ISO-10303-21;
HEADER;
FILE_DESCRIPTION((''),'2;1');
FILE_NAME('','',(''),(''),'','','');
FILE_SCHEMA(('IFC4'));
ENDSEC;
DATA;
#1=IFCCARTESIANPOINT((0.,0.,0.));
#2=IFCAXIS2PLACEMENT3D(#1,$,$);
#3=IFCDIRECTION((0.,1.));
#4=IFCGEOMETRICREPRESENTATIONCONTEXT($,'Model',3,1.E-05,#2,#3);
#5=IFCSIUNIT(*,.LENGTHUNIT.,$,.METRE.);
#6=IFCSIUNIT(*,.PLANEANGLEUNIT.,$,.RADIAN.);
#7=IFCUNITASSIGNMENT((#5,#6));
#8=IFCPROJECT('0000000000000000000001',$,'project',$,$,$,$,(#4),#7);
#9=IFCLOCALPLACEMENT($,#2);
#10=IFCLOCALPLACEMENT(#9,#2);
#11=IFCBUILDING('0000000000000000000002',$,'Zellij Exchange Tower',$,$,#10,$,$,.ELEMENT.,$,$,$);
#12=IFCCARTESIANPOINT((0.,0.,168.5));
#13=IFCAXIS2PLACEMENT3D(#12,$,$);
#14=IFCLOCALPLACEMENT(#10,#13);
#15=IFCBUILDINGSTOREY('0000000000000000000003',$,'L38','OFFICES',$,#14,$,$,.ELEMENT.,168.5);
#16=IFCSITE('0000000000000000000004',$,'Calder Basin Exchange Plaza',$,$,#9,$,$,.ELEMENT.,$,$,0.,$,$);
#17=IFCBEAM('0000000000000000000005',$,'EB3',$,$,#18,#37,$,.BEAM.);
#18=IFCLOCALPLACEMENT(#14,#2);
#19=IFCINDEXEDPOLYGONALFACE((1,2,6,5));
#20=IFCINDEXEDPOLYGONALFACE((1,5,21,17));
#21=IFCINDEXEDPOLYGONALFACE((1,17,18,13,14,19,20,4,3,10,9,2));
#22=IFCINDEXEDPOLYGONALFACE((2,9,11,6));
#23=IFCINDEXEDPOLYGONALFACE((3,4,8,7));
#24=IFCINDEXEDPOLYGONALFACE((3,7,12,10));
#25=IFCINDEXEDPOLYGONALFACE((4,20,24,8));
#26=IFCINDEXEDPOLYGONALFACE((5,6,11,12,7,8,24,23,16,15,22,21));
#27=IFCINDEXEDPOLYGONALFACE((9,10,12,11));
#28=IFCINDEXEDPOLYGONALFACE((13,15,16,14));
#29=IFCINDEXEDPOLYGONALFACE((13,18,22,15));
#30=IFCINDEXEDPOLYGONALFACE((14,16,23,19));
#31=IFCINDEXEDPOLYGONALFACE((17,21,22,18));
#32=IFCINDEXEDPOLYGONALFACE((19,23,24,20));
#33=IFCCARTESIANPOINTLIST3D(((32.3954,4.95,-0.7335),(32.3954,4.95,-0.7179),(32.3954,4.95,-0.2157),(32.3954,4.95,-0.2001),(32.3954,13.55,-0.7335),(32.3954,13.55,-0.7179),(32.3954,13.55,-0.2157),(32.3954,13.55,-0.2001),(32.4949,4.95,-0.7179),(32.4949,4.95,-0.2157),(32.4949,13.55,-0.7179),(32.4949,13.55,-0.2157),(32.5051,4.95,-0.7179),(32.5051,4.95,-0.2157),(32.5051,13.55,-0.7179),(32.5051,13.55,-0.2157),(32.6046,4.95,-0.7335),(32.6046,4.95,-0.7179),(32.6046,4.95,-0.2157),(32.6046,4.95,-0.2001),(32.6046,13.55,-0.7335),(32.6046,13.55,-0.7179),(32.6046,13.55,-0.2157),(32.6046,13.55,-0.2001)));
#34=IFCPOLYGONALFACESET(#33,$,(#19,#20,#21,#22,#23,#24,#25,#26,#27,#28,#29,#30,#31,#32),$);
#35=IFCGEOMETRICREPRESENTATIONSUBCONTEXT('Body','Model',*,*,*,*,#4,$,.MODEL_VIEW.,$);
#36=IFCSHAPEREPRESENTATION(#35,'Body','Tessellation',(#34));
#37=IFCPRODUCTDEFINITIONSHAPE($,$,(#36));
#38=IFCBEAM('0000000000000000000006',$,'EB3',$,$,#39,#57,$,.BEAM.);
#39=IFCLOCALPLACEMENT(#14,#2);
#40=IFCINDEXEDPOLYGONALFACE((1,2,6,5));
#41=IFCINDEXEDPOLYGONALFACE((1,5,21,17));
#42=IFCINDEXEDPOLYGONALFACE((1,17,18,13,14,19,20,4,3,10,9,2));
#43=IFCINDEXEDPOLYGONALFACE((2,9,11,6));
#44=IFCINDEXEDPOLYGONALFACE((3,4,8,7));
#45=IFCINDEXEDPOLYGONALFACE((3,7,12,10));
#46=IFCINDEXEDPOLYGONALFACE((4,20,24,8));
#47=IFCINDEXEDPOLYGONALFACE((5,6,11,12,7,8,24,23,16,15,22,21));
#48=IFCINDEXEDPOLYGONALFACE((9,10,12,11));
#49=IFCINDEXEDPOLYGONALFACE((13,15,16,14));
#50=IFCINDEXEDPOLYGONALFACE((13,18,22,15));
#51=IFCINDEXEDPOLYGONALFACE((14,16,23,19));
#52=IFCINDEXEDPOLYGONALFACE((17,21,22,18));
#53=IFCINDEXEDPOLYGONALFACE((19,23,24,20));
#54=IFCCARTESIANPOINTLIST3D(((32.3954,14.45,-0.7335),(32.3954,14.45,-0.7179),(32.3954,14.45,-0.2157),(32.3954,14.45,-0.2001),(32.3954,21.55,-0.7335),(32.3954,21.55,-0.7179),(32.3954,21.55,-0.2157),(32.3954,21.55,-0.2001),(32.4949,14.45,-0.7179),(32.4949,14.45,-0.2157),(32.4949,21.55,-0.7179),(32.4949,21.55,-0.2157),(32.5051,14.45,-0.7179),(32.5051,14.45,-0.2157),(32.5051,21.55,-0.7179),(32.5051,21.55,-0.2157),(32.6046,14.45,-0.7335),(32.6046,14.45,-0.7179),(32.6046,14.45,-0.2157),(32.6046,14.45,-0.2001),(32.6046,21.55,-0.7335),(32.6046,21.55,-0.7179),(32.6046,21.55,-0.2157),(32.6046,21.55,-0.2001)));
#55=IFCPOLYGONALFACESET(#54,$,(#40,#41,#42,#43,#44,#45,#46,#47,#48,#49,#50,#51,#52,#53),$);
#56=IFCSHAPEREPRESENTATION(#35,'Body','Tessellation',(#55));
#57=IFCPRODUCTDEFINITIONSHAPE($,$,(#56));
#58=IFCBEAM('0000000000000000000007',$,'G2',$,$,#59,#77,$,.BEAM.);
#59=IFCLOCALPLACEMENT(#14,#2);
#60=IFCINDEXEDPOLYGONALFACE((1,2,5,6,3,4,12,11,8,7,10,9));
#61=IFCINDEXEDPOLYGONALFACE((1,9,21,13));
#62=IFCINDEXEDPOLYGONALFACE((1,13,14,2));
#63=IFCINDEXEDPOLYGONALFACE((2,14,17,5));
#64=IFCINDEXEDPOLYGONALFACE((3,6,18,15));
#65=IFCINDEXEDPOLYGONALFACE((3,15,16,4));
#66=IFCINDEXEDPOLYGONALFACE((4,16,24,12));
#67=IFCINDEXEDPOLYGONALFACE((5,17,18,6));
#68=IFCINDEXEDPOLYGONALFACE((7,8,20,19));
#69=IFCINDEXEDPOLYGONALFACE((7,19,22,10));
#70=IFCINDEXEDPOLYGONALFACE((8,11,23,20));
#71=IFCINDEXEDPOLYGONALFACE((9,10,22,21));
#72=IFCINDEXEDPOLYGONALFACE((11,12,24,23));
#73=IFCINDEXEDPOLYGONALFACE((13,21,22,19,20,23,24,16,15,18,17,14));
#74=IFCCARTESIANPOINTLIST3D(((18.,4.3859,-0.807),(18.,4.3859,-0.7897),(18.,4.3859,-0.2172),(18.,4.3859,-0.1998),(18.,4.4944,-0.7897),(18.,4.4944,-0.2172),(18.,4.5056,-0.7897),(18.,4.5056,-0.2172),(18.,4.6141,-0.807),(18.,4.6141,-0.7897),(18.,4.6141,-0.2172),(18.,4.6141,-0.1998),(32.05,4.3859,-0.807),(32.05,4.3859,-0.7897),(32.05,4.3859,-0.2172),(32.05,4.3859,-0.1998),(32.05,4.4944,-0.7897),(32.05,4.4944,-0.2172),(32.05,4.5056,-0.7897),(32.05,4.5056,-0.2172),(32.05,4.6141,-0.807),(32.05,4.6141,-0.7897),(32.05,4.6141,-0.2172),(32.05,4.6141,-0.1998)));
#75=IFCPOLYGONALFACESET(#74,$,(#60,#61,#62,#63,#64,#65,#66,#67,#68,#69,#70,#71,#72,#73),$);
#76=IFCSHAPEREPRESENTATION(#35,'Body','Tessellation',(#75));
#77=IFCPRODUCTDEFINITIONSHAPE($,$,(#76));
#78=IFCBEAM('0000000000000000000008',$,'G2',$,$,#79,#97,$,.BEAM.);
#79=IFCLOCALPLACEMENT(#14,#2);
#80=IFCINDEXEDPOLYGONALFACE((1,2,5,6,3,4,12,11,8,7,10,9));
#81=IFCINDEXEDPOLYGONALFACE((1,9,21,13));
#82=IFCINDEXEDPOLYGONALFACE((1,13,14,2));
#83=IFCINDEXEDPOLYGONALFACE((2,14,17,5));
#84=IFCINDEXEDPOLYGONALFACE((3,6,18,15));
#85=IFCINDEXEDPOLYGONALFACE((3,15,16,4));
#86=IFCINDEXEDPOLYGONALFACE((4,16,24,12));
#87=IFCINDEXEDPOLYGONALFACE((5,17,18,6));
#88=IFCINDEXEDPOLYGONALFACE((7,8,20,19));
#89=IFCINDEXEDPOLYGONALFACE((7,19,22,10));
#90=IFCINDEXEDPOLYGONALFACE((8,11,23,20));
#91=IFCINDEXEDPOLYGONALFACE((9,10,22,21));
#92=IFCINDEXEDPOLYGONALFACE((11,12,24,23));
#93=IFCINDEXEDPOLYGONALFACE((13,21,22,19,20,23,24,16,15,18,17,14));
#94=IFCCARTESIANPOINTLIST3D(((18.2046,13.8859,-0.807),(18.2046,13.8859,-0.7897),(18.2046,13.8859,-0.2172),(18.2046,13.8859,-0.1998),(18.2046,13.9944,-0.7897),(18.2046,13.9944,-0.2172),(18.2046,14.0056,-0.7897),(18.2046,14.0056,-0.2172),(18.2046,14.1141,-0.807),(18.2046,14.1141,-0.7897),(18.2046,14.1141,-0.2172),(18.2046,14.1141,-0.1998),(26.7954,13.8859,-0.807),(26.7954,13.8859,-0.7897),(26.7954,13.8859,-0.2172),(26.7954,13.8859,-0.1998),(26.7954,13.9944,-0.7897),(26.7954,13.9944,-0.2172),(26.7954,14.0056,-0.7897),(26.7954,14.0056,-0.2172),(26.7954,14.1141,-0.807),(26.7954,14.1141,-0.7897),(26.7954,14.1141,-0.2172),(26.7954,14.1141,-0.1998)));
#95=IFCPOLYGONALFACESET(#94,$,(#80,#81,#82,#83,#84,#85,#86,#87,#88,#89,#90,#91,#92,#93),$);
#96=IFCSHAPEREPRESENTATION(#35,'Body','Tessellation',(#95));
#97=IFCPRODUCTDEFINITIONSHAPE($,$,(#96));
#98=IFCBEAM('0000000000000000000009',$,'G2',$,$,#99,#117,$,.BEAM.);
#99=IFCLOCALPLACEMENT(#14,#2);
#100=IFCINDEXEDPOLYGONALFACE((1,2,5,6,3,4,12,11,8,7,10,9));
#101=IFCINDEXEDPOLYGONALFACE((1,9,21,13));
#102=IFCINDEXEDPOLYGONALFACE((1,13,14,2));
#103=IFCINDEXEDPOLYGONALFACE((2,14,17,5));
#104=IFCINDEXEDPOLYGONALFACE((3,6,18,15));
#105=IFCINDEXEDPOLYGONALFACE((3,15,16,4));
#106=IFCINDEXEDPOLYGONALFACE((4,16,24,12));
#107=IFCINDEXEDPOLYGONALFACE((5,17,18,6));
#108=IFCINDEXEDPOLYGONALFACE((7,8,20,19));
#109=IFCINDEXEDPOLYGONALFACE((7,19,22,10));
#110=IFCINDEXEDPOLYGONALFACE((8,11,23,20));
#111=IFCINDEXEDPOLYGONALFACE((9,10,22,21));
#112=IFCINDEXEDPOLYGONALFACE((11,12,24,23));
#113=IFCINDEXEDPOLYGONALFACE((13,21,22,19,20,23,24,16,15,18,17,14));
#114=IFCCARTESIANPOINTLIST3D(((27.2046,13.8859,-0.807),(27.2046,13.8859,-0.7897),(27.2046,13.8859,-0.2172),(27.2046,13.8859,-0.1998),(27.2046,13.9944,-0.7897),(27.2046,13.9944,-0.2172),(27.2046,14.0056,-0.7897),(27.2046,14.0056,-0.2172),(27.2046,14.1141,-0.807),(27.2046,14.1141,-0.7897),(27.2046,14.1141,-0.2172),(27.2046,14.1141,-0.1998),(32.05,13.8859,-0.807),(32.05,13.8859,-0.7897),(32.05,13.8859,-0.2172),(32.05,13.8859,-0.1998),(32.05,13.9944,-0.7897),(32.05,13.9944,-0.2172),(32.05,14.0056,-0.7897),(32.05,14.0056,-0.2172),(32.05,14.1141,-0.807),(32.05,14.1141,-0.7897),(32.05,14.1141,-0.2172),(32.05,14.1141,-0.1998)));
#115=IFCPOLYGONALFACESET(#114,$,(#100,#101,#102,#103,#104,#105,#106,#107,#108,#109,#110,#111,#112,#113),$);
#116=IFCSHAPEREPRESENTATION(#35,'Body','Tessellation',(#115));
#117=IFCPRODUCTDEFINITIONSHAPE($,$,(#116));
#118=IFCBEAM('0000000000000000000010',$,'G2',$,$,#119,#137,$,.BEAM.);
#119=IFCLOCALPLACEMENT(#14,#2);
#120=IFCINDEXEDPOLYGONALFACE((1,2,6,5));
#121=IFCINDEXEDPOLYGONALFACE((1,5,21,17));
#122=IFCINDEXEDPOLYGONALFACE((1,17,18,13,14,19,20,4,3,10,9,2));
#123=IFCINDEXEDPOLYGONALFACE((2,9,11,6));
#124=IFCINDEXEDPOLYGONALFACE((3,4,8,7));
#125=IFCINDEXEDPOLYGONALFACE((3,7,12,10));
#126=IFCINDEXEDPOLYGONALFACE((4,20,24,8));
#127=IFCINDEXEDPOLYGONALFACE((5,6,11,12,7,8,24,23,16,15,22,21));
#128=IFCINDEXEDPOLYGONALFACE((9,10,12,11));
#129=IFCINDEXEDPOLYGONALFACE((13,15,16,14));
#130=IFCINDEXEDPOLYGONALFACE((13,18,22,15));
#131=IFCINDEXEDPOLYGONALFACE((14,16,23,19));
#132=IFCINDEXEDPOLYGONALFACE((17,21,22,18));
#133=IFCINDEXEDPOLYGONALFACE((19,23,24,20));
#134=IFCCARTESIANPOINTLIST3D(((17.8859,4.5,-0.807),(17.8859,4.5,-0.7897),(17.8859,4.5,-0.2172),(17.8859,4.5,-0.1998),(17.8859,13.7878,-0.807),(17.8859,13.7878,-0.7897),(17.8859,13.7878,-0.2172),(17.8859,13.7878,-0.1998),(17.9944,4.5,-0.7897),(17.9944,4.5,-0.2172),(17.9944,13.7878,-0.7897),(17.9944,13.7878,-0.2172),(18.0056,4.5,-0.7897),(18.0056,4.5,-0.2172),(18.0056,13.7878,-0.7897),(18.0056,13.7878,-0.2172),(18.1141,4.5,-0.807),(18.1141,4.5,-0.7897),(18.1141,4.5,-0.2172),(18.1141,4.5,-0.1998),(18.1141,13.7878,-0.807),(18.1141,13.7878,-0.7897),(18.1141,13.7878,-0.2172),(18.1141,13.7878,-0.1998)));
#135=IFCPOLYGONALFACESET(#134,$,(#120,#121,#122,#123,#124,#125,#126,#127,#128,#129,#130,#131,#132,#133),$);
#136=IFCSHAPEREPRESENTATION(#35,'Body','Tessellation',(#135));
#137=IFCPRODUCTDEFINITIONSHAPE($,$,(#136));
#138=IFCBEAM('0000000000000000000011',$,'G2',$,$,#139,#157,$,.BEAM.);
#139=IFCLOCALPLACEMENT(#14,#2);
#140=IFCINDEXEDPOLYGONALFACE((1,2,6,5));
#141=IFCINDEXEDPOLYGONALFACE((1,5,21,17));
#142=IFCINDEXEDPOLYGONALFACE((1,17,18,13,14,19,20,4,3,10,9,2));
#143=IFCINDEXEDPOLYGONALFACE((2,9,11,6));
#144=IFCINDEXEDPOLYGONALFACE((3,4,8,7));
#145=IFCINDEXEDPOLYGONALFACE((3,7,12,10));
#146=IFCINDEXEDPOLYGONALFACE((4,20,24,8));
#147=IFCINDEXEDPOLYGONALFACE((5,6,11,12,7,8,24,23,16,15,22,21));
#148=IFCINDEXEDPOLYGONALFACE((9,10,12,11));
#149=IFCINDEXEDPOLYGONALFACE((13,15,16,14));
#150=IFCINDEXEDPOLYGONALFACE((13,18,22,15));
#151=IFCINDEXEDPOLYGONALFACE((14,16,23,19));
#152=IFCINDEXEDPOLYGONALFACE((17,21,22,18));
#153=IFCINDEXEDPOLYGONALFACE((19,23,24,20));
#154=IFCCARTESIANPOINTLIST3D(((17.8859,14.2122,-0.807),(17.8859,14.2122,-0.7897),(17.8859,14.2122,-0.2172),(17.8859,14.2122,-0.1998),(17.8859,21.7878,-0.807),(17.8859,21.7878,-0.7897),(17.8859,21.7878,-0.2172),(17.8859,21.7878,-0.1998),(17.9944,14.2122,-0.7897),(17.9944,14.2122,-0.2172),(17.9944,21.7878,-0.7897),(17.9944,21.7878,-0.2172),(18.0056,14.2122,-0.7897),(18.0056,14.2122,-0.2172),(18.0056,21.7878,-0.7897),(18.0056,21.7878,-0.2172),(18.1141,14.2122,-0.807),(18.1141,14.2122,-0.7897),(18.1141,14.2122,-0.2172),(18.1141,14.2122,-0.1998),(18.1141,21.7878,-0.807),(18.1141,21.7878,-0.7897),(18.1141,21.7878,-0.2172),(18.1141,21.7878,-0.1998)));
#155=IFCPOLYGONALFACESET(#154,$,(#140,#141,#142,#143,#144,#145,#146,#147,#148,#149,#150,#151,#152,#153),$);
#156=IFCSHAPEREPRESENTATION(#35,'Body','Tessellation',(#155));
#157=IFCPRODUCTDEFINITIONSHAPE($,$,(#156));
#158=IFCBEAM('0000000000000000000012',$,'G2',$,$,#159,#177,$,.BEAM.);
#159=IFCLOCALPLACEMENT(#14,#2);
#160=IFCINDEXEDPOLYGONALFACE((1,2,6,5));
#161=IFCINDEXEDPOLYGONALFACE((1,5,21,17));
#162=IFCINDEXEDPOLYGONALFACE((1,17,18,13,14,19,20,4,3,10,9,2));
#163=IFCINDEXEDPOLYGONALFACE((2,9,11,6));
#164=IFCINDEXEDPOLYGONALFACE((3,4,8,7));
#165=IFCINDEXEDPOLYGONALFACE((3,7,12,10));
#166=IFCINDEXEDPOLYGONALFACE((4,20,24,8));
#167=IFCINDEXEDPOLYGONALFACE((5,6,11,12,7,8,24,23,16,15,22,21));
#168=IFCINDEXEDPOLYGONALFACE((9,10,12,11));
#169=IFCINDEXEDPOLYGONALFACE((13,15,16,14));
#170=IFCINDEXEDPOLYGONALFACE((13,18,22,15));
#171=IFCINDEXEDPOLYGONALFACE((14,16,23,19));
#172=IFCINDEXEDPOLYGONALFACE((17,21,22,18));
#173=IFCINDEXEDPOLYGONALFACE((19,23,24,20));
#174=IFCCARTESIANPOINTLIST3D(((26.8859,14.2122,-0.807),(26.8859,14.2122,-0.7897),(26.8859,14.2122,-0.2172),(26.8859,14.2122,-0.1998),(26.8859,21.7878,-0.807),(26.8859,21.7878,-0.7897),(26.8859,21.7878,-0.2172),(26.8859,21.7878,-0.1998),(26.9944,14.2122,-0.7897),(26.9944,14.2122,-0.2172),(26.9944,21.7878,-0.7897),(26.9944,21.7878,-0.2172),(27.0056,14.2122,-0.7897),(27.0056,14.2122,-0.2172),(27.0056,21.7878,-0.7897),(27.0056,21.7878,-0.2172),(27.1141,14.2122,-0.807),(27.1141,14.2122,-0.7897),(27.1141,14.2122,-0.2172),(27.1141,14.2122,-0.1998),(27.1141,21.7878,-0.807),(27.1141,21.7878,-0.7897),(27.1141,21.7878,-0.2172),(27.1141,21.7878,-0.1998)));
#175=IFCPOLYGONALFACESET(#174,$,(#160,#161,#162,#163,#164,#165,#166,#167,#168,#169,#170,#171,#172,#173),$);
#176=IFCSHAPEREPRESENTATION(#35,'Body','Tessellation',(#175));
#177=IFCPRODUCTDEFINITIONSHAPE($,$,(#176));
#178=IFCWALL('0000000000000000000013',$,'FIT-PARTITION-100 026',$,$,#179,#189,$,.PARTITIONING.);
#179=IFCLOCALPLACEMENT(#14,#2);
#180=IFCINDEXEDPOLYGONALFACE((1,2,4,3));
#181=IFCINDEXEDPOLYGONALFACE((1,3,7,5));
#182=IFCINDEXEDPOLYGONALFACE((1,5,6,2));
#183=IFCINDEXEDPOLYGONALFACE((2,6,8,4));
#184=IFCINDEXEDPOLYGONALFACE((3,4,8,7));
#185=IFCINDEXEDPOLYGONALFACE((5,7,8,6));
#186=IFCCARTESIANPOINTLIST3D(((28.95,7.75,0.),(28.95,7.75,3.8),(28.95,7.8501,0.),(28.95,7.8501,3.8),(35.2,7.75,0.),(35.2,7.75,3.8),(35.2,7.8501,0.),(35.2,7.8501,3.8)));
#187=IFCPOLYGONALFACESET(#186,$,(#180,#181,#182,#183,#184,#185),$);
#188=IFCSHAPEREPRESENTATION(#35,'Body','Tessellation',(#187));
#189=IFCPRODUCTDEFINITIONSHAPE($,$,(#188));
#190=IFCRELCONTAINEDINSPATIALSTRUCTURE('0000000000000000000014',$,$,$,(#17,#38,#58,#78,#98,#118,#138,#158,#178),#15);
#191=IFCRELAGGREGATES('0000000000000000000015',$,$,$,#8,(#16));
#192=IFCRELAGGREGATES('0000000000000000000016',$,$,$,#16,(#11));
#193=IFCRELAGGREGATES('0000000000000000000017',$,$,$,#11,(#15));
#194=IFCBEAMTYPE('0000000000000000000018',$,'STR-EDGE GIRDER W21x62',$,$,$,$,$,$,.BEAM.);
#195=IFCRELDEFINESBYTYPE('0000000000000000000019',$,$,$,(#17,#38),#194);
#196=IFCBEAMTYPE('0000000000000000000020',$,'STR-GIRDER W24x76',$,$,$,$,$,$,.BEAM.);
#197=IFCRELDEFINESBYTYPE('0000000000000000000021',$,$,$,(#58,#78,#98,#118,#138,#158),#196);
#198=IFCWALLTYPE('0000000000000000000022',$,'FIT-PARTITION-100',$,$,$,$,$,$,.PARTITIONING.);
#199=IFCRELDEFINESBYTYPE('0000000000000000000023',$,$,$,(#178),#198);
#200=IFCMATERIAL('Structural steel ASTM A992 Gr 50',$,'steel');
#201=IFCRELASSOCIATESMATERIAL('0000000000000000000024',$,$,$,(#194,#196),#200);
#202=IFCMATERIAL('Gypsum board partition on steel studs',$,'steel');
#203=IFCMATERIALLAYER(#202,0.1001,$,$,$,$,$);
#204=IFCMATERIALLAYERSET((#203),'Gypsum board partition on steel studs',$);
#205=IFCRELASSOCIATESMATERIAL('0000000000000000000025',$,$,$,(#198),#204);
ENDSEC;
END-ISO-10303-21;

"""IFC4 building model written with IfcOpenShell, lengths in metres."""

from ifc_helpers import new_model, si_unit, direction, frame, frame_2d, origin, origin_2d, place, context, subcontext, project, spatial, rectangle, i_section, extrude, material, layer, layer_set, material_profile, profile_set, type_object, element, save


model = new_model("IFC4")

# Units and contexts
model_context = context("Model", 3, precision=1e-05, world=origin(), true_north=direction((0.0, 1.0)))
body_context = subcontext(model_context, "Body", "Model", "MODEL_VIEW")
ifc_project = project(units=[si_unit("LENGTHUNIT", "METRE"), si_unit("PLANEANGLEUNIT", "RADIAN")], contexts=[model_context])

# Site, building, storey
site_placement = place(None, origin())
site = spatial("IfcSite", under=ifc_project, at=site_placement, Name="Calder Basin Exchange Plaza", CompositionType="ELEMENT", RefElevation=0.0)
building_placement = place(site_placement, origin())
building = spatial("IfcBuilding", under=site, at=building_placement, Name="Zellij Exchange Tower", CompositionType="ELEMENT")
storey_placement = place(building_placement, frame((0.0, 0.0, 168.5)))
storey = spatial("IfcBuildingStorey", under=building, at=storey_placement, Name="L38", Description="OFFICES", CompositionType="ELEMENT", Elevation=168.5)

# Beams
ifc_material_1 = material(Name="Structural steel ASTM A992 Gr 50", Category="steel")
ifc_material_profile_1 = material_profile(ifc_material_1, i_section(OverallWidth=0.2092, OverallDepth=0.5334, WebThickness=0.0103, FlangeThickness=0.0156, at=origin_2d()), Name="W21x62")
ifc_profile_set_1 = profile_set([ifc_material_profile_1], Name="Structural steel ASTM A992 Gr 50")
beam_type_1 = type_object("IfcBeamType", Name="STR-EDGE GIRDER W21x62", PredefinedType="BEAM", material=ifc_profile_set_1)
beam_1_placement = place(storey_placement, frame((32.5, 4.95, -0.4668), z_axis=(0.0, 1.0, 0.0), x_axis=(-1.0, 0.0, 0.0)))
element("IfcBeam", 1, at=beam_1_placement, inside=storey, type_object=beam_type_1, Name="EB3", PredefinedType="BEAM", context=body_context, shape_type="SweptSolid", body=[
    extrude(i_section(OverallWidth=0.2092, OverallDepth=0.5334, WebThickness=0.0103, FlangeThickness=0.0156, at=origin_2d()), origin(), (0.0, 0.0, 1.0), 8.6001),
])
beam_2_placement = place(storey_placement, frame((32.5, 14.45, -0.4668), z_axis=(0.0, 1.0, 0.0), x_axis=(-1.0, 0.0, 0.0)))
element("IfcBeam", 2, at=beam_2_placement, inside=storey, type_object=beam_type_1, Name="EB3", PredefinedType="BEAM", context=body_context, shape_type="SweptSolid", body=[
    extrude(i_section(OverallWidth=0.2092, OverallDepth=0.5334, WebThickness=0.0103, FlangeThickness=0.0156, at=origin_2d()), origin(), (0.0, 0.0, 1.0), 7.1001),
])
ifc_material_profile_2 = material_profile(ifc_material_1, i_section(OverallWidth=0.2283, OverallDepth=0.6072, WebThickness=0.0112, FlangeThickness=0.0173, at=origin_2d()), Name="W24x76")
ifc_profile_set_2 = profile_set([ifc_material_profile_2], Name="Structural steel ASTM A992 Gr 50")
beam_type_2 = type_object("IfcBeamType", Name="STR-GIRDER W24x76", PredefinedType="BEAM", material=ifc_profile_set_2)
beam_3_placement = place(storey_placement, frame((18.0, 4.5, -0.5034), z_axis=(1.0, 0.0, 0.0), x_axis=(0.0, 1.0, 0.0)))
element("IfcBeam", 3, at=beam_3_placement, inside=storey, type_object=beam_type_2, Name="G2", PredefinedType="BEAM", context=body_context, shape_type="SweptSolid", body=[
    extrude(i_section(OverallWidth=0.2283, OverallDepth=0.6072, WebThickness=0.0112, FlangeThickness=0.0173, at=origin_2d()), origin(), (0.0, 0.0, 1.0), 14.05),
])
beam_4_placement = place(storey_placement, frame((18.2046, 14.0, -0.5034), z_axis=(1.0, 0.0, 0.0), x_axis=(0.0, 1.0, 0.0)))
element("IfcBeam", 4, at=beam_4_placement, inside=storey, type_object=beam_type_2, Name="G2", PredefinedType="BEAM", context=body_context, shape_type="SweptSolid", body=[
    extrude(i_section(OverallWidth=0.2283, OverallDepth=0.6072, WebThickness=0.0112, FlangeThickness=0.0173, at=origin_2d()), origin(), (0.0, 0.0, 1.0), 8.5908),
])
beam_5_placement = place(storey_placement, frame((27.2046, 14.0, -0.5034), z_axis=(1.0, 0.0, 0.0), x_axis=(0.0, 1.0, 0.0)))
element("IfcBeam", 5, at=beam_5_placement, inside=storey, type_object=beam_type_2, Name="G2", PredefinedType="BEAM", context=body_context, shape_type="SweptSolid", body=[
    extrude(i_section(OverallWidth=0.2283, OverallDepth=0.6072, WebThickness=0.0112, FlangeThickness=0.0173, at=origin_2d()), origin(), (0.0, 0.0, 1.0), 4.8455),
])
beam_6_placement = place(storey_placement, frame((18.0, 4.5, -0.5034), z_axis=(0.0, 1.0, 0.0), x_axis=(-1.0, 0.0, 0.0)))
element("IfcBeam", 6, at=beam_6_placement, inside=storey, type_object=beam_type_2, Name="G2", PredefinedType="BEAM", context=body_context, shape_type="SweptSolid", body=[
    extrude(i_section(OverallWidth=0.2283, OverallDepth=0.6072, WebThickness=0.0112, FlangeThickness=0.0173, at=origin_2d()), origin(), (0.0, 0.0, 1.0), 9.2878),
])
for number, where, z_axis, x_axis, name in (
    (7, (18.0, 14.2122, -0.5034), (0.0, 1.0, 0.0), (-1.0, 0.0, 0.0), "G2"),
    (8, (27.0, 14.2122, -0.5034), (0.0, 1.0, 0.0), (-1.0, 0.0, 0.0), "G2"),
):
    element("IfcBeam", number, at=place(storey_placement, frame(where, z_axis=z_axis, x_axis=x_axis)), inside=storey, type_object=beam_type_2, Name=name, PredefinedType="BEAM", context=body_context, shape_type="SweptSolid", body=[
        extrude(i_section(OverallWidth=0.2283, OverallDepth=0.6072, WebThickness=0.0112, FlangeThickness=0.0173, at=origin_2d()), origin(), (0.0, 0.0, 1.0), 7.5757),
    ])

# Wall
ifc_material_2 = material(Name="Gypsum board partition on steel studs", Category="steel")
ifc_layer = layer(ifc_material_2, 0.1001)
ifc_layer_set = layer_set([ifc_layer], Name="Gypsum board partition on steel studs")
wall_type = type_object("IfcWallType", Name="FIT-PARTITION-100", PredefinedType="PARTITIONING", material=ifc_layer_set)
wall_1_placement = place(storey_placement, frame((28.95, 7.8, 0.0), z_axis=(0.0, 0.0, 1.0), x_axis=(1.0, 0.0, 0.0)))
element("IfcWall", 9, at=wall_1_placement, inside=storey, type_object=wall_type, Name="FIT-PARTITION-100 026", PredefinedType="PARTITIONING", context=body_context, shape_type="SweptSolid", body=[
    extrude(rectangle(XDim=6.25, YDim=0.1001, at=frame_2d((3.125, 0.0))), origin(), (0.0, 0.0, 1.0), 3.8),
])

save(model, "model.ifc")
